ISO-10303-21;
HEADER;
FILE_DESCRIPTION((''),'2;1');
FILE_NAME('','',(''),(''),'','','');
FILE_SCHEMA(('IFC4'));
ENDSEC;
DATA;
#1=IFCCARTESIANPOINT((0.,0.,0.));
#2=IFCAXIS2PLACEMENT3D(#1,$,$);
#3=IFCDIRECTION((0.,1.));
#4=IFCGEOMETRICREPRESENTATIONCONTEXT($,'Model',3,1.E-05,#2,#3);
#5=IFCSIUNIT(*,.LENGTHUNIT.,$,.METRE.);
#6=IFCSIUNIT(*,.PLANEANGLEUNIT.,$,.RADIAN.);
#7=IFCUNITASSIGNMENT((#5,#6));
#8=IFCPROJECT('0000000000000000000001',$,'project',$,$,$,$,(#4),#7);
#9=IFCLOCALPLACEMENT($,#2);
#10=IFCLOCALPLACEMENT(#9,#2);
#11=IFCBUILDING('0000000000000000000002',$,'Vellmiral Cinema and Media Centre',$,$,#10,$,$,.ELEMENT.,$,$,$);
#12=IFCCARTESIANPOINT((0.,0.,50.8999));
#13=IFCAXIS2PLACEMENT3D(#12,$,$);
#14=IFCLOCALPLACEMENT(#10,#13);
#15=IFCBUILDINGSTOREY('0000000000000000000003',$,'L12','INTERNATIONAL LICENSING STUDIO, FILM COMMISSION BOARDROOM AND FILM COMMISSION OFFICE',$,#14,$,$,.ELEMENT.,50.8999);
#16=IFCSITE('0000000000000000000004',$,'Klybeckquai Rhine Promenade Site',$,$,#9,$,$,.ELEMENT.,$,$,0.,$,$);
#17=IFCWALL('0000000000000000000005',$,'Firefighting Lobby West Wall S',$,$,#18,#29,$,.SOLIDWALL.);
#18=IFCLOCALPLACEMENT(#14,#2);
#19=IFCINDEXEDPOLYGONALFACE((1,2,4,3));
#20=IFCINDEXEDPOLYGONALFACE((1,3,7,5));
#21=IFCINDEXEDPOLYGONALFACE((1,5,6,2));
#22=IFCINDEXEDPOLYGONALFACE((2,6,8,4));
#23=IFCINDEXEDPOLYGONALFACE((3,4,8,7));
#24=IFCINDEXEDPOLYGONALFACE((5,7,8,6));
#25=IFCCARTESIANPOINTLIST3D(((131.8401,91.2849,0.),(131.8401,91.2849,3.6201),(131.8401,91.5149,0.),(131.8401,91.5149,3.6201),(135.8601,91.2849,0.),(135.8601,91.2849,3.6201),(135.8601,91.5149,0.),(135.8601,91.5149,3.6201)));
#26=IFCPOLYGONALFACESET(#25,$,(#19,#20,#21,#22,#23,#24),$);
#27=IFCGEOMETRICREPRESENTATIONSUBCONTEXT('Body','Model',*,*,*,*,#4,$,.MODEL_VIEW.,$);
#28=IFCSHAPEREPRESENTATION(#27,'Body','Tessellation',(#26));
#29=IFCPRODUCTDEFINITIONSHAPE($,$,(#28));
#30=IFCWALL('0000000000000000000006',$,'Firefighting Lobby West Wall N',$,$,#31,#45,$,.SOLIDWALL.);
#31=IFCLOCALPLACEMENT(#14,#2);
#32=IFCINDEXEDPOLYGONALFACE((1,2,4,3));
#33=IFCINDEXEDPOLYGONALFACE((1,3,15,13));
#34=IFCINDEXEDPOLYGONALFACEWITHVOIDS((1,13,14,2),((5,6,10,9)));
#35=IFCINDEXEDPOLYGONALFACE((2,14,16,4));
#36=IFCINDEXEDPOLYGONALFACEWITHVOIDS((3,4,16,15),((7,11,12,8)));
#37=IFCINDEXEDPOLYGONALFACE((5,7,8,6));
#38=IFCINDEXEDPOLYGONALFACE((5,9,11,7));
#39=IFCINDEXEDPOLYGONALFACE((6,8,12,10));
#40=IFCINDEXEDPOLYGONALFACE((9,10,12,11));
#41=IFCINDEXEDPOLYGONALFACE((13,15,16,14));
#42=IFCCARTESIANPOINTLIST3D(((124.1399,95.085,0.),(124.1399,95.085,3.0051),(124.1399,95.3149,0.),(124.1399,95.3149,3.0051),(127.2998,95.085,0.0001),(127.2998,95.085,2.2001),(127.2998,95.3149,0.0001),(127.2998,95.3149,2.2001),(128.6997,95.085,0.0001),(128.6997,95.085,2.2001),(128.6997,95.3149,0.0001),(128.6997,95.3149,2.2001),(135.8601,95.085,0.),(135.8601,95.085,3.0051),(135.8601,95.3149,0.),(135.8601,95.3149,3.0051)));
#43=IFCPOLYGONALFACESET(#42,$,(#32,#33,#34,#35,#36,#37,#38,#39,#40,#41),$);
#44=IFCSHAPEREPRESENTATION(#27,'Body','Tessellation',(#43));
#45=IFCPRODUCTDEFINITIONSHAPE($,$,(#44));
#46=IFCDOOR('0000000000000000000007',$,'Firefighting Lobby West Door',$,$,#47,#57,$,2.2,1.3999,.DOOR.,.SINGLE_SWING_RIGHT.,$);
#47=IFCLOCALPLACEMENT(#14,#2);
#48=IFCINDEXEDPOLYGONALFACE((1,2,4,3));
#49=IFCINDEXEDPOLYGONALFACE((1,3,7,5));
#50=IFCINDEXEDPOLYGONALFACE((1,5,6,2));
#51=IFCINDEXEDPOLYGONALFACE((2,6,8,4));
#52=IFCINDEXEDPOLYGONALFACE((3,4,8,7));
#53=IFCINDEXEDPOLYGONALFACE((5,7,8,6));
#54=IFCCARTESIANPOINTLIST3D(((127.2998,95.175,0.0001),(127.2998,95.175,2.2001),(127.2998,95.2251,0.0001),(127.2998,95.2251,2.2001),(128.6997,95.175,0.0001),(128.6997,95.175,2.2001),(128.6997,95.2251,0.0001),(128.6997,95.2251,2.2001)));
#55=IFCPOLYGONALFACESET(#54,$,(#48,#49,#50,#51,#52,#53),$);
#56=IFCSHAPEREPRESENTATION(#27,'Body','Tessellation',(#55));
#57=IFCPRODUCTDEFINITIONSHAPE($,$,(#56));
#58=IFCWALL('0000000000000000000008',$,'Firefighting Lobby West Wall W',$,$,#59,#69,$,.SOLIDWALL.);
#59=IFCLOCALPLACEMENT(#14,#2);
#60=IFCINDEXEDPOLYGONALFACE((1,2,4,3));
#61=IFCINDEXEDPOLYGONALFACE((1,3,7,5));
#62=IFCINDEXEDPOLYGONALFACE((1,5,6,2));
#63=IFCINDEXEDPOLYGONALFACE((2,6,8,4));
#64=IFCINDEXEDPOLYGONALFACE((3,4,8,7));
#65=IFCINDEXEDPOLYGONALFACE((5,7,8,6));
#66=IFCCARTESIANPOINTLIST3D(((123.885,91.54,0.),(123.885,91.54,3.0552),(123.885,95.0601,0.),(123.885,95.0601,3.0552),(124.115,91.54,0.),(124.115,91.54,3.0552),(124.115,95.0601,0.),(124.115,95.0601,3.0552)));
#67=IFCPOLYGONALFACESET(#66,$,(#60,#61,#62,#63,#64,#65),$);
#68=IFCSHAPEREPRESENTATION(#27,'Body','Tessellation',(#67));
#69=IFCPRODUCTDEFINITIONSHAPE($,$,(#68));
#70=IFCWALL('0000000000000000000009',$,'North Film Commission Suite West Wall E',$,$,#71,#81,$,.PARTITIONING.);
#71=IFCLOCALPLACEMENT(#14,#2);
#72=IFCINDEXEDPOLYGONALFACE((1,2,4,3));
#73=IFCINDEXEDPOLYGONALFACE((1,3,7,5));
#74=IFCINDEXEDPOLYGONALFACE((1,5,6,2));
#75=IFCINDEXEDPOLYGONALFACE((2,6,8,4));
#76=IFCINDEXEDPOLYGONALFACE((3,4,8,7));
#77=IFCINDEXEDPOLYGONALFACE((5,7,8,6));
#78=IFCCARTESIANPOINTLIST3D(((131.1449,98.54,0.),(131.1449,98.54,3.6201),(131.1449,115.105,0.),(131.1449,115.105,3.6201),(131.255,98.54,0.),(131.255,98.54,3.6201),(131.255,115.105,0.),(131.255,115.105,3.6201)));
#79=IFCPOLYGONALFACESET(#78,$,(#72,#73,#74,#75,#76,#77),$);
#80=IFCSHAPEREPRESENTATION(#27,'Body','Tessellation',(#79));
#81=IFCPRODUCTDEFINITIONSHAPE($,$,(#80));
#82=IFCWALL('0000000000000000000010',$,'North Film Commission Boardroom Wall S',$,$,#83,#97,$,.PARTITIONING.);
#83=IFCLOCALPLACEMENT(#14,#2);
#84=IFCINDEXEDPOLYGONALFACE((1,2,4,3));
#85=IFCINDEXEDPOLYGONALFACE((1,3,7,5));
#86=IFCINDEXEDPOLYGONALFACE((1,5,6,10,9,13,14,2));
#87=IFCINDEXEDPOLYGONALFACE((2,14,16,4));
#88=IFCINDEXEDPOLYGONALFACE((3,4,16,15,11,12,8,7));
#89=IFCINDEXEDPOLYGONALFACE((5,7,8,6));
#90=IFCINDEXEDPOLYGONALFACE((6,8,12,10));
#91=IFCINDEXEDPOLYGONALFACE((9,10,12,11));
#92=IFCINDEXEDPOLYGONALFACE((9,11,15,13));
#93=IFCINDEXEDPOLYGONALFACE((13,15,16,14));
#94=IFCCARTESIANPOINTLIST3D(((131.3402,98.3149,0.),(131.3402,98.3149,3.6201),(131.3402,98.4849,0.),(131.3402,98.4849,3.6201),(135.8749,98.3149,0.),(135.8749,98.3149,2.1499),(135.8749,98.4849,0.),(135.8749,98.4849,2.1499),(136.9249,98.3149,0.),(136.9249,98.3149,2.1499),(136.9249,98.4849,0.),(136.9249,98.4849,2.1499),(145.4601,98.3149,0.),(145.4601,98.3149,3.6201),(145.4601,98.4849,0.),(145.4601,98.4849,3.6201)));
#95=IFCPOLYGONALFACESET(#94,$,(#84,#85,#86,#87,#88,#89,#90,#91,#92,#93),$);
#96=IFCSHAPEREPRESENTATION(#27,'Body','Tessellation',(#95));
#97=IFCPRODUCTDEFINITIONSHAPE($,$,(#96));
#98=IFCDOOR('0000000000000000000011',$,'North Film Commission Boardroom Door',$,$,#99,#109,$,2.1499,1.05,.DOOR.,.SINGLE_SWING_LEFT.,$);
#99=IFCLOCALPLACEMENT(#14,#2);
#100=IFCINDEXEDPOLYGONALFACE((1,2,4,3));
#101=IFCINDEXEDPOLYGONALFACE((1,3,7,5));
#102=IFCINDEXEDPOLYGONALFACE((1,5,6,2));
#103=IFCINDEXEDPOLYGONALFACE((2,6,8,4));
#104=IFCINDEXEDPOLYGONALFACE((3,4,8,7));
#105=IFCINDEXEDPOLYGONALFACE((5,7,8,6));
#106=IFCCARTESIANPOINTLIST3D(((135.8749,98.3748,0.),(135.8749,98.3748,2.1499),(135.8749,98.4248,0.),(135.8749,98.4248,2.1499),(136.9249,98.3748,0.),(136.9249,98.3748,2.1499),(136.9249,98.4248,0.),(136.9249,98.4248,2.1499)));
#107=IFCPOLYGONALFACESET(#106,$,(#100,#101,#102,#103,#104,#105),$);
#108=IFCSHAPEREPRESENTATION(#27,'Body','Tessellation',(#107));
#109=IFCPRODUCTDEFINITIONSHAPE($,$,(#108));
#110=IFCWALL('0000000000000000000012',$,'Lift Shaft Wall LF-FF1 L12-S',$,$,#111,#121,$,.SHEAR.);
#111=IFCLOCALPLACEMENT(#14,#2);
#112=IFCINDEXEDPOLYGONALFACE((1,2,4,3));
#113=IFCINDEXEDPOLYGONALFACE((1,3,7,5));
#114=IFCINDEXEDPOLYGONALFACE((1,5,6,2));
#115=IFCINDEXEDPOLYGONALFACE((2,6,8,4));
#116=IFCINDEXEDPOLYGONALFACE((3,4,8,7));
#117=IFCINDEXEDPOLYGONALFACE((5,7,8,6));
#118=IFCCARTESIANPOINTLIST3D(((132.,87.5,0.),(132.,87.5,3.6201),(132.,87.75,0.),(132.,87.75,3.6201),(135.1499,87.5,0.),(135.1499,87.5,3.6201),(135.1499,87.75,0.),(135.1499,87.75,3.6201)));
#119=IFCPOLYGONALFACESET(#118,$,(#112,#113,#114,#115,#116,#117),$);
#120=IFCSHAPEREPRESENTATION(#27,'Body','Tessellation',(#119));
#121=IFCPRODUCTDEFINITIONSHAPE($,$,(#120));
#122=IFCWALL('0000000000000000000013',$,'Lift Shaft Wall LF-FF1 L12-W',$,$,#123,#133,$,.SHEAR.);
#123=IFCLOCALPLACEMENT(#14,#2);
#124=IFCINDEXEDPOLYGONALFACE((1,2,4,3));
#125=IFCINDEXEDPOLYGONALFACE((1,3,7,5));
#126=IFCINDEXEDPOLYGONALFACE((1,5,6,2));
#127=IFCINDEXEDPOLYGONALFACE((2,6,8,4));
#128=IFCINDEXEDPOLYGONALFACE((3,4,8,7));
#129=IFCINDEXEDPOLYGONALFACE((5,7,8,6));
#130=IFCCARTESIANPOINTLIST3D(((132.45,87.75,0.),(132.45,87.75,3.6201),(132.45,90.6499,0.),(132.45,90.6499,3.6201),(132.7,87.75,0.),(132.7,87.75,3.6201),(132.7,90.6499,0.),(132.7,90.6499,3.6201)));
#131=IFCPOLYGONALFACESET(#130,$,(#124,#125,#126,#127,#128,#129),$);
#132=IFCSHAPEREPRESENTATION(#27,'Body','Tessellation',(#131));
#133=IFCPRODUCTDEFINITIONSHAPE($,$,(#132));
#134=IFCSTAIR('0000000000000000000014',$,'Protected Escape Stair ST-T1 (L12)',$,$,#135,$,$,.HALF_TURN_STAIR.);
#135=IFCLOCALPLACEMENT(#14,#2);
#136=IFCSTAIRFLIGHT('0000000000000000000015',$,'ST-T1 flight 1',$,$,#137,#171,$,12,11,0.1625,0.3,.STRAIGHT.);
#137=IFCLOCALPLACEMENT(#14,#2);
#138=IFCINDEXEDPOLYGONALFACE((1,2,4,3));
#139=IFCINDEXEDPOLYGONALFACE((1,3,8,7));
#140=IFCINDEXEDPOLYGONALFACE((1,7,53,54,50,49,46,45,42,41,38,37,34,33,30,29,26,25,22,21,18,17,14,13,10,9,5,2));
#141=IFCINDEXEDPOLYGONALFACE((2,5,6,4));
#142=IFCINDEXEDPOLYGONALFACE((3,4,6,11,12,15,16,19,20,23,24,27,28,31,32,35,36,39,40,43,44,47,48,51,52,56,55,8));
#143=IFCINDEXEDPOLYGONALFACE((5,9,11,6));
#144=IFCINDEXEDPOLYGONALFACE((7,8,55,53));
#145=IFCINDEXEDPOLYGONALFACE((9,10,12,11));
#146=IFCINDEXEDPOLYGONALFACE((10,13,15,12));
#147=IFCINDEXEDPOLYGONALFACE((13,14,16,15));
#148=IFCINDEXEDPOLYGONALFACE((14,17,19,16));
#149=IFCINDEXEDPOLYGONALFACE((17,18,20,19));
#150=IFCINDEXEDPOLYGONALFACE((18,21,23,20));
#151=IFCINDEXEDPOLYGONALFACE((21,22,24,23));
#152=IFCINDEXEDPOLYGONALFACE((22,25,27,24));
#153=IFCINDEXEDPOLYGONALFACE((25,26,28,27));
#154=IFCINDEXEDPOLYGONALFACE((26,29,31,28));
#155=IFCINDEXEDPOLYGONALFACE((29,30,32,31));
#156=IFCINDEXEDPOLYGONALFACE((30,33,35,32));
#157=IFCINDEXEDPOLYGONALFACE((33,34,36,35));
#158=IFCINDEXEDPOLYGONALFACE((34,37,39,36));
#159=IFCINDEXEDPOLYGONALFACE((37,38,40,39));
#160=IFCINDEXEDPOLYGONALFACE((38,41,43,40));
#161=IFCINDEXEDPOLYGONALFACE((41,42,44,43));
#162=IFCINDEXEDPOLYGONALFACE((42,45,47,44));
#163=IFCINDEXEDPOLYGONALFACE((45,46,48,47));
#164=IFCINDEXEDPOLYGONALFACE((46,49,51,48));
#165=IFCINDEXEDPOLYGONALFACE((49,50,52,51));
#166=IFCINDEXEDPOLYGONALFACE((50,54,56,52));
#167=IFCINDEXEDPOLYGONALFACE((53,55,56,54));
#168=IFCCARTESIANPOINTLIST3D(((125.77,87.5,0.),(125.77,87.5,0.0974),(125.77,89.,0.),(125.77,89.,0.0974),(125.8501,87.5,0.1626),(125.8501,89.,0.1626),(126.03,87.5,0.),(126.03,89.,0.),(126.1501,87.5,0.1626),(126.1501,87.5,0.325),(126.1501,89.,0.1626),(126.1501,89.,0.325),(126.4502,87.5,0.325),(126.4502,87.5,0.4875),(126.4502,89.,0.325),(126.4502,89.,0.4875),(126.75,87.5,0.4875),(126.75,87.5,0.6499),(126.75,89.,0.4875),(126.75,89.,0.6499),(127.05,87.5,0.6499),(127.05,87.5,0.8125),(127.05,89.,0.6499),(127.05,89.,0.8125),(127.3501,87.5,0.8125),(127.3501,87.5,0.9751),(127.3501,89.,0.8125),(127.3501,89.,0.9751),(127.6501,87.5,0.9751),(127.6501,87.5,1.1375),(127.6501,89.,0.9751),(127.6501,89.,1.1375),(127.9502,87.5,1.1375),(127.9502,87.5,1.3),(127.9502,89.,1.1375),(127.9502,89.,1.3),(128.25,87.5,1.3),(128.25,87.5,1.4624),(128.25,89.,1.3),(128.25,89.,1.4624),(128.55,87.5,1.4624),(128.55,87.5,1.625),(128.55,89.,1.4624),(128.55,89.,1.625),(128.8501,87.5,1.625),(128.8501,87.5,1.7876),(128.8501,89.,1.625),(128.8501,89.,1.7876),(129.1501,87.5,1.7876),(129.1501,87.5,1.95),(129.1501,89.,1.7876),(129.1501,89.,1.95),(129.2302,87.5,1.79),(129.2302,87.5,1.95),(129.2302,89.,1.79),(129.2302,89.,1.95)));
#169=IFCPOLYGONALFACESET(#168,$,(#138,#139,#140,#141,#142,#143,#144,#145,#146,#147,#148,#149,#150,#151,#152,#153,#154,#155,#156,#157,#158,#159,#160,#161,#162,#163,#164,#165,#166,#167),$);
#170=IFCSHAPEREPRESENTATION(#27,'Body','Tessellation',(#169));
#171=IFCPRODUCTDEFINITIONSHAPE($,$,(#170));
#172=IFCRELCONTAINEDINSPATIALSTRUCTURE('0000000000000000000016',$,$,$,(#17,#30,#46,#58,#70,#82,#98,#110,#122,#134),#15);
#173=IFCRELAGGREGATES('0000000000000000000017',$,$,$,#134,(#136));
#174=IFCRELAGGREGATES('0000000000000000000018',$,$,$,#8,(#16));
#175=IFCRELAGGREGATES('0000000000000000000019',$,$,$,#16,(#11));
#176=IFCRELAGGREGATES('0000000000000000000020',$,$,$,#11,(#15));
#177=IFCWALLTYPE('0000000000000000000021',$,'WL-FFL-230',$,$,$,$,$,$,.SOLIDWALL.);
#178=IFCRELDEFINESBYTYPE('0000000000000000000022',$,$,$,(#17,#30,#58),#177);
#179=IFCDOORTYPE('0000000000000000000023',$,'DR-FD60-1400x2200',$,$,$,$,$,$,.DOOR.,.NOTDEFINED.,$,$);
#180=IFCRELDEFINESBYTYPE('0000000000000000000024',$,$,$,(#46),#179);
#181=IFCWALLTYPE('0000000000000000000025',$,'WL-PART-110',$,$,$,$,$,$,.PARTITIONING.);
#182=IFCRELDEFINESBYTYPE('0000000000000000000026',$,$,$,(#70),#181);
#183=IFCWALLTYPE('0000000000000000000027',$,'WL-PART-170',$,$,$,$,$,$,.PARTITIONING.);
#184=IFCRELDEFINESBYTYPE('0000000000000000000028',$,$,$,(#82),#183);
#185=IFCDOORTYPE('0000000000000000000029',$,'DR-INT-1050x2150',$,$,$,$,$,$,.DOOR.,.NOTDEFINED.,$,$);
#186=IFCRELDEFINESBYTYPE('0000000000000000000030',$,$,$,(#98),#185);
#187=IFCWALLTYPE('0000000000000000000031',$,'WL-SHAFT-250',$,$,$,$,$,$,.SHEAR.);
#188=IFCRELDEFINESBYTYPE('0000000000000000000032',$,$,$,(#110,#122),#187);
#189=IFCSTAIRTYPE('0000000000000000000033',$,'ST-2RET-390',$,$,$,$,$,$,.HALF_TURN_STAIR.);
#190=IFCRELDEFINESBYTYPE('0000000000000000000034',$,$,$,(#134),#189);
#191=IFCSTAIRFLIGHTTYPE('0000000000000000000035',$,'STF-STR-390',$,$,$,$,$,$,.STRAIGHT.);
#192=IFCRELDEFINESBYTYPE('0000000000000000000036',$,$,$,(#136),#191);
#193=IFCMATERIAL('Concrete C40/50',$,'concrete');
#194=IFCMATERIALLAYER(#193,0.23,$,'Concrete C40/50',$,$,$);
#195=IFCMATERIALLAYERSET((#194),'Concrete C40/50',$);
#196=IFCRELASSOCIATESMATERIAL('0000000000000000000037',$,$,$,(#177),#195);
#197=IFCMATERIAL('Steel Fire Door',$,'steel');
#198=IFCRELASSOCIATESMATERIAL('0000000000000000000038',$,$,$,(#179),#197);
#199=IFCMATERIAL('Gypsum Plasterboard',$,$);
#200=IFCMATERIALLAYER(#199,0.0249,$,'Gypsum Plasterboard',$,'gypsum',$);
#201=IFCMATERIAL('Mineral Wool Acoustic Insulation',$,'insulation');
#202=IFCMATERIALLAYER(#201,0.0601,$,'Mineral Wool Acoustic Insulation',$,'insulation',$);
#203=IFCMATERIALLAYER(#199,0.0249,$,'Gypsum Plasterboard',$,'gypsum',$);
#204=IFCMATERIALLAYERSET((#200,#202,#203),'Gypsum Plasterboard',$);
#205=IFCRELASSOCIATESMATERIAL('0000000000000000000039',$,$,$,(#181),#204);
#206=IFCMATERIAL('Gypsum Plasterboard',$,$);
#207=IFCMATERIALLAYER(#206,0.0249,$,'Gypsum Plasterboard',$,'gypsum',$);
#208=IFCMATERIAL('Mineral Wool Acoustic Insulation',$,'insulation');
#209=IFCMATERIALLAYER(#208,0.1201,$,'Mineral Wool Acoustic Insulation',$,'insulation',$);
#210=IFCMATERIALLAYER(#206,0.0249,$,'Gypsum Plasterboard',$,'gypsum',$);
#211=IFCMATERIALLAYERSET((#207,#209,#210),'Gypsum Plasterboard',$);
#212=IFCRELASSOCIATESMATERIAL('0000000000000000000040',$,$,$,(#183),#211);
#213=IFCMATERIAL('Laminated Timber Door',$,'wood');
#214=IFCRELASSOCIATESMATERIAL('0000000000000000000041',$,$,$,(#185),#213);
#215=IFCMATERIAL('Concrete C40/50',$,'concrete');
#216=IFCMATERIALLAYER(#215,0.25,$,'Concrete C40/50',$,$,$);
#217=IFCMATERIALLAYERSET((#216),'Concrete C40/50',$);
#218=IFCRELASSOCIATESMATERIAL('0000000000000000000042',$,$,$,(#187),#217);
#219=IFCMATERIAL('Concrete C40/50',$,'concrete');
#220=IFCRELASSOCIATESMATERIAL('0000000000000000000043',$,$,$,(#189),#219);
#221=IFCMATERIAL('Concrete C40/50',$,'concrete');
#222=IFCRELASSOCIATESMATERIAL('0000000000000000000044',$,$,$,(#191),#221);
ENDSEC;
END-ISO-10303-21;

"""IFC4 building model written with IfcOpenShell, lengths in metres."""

from ifc_helpers import new_model, si_unit, direction, frame, frame_2d, origin, place, context, subcontext, project, spatial, polyline, rectangle, outline, extrude, material, layer, layer_set, type_object, element, fill, aggregate, save


model = new_model("IFC4")

# Units and contexts
model_context = context("Model", 3, precision=1e-05, world=origin(), true_north=direction((0.0, 1.0)))
body_context = subcontext(model_context, "Body", "Model", "MODEL_VIEW")
ifc_project = project(units=[si_unit("LENGTHUNIT", "METRE"), si_unit("PLANEANGLEUNIT", "RADIAN")], contexts=[model_context])

# Site, building, storey
site_placement = place(None, origin())
site = spatial("IfcSite", under=ifc_project, at=site_placement, Name="Klybeckquai Rhine Promenade Site", CompositionType="ELEMENT", RefElevation=0.0)
building_placement = place(site_placement, origin())
building = spatial("IfcBuilding", under=site, at=building_placement, Name="Vellmiral Cinema and Media Centre", CompositionType="ELEMENT")
storey_placement = place(building_placement, frame((0.0, 0.0, 50.8999)))
storey = spatial("IfcBuildingStorey", under=building, at=storey_placement, Name="L12", Description="INTERNATIONAL LICENSING STUDIO, FILM COMMISSION BOARDROOM AND FILM COMMISSION OFFICE", CompositionType="ELEMENT", Elevation=50.8999)

# Wall
ifc_material_1 = material(Name="Concrete C40/50", Category="concrete")
ifc_layer_1 = layer(ifc_material_1, 0.23, Name="Concrete C40/50")
ifc_layer_set_1 = layer_set([ifc_layer_1], Name="Concrete C40/50")
wall_type_1 = type_object("IfcWallType", Name="WL-FFL-230", PredefinedType="SOLIDWALL", material=ifc_layer_set_1)
wall_1_placement = place(storey_placement, frame((131.8401, 91.3999, 0.0), z_axis=(0.0, 0.0, 1.0), x_axis=(1.0, 0.0, 0.0)))
element("IfcWall", 1, at=wall_1_placement, inside=storey, type_object=wall_type_1, Name="Firefighting Lobby West Wall S", PredefinedType="SOLIDWALL", context=body_context, shape_type="SweptSolid", body=[
    extrude(rectangle(XDim=4.02, YDim=0.23, at=frame_2d((2.01, 0.0))), origin(), (0.0, 0.0, 1.0), 3.6201),
])

# Wall, opening, door
wall_2_placement = place(storey_placement, frame((124.1399, 95.2, 0.0), z_axis=(0.0, 0.0, 1.0), x_axis=(1.0, 0.0, 0.0)))
wall_2 = element("IfcWall", 2, at=wall_2_placement, inside=storey, type_object=wall_type_1, Name="Firefighting Lobby West Wall N", PredefinedType="SOLIDWALL", context=body_context, shape_type="SweptSolid", body=[
    extrude(rectangle(XDim=11.7202, YDim=0.23, at=frame_2d((5.8601, 0.0))), origin(), (0.0, 0.0, 1.0), 3.0051),
])
opening_1_placement = place(wall_2_placement, frame((3.1599, 0.0, 0.0)))
opening_1 = element("IfcOpeningElement", 3, at=opening_1_placement, cuts=wall_2, PredefinedType="OPENING", context=body_context, shape_type="SweptSolid", body=[
    extrude(rectangle(XDim=1.3999, YDim=2.2, at=frame_2d((0.7, 1.1001))), frame((0.0, 0.127, 0.0), z_axis=(0.0, -1.0, 0.0), x_axis=(1.0, 0.0, 0.0)), (0.0, 0.0, 1.0), 0.2539),
])
ifc_material_2 = material(Name="Steel Fire Door", Category="steel")
door_type_1 = type_object("IfcDoorType", Name="DR-FD60-1400x2200", OperationType="NOTDEFINED", PredefinedType="DOOR", material=ifc_material_2)
door_1_placement = place(opening_1_placement, frame((1.3999, 0.0, 0.0), z_axis=(0.0, 0.0, 1.0), x_axis=(-1.0, 0.0, 0.0)))
door_1 = element("IfcDoor", 4, at=door_1_placement, inside=storey, type_object=door_type_1, Name="Firefighting Lobby West Door", OperationType="SINGLE_SWING_RIGHT", OverallHeight=2.2, OverallWidth=1.3999, PredefinedType="DOOR", context=body_context, shape_type="SweptSolid", body=[
    extrude(rectangle(XDim=1.3999, YDim=2.2, at=frame_2d((0.7, 1.1001))), frame((0.0, 0.0249, 0.0), z_axis=(0.0, -1.0, 0.0), x_axis=(1.0, 0.0, 0.0)), (0.0, 0.0, 1.0), 0.05),
])
fill(opening_1, door_1)

# Walls
wall_3_placement = place(storey_placement, frame((124.0, 91.54, 0.0), z_axis=(0.0, 0.0, 1.0), x_axis=(0.0, 1.0, 0.0)))
element("IfcWall", 5, at=wall_3_placement, inside=storey, type_object=wall_type_1, Name="Firefighting Lobby West Wall W", PredefinedType="SOLIDWALL", context=body_context, shape_type="SweptSolid", body=[
    extrude(rectangle(XDim=3.52, YDim=0.23, at=frame_2d((1.76, 0.0))), origin(), (0.0, 0.0, 1.0), 3.0552),
])
ifc_material_3 = material(Name="Gypsum Plasterboard")
ifc_layer_2 = layer(ifc_material_3, 0.0249, Name="Gypsum Plasterboard", Category="gypsum")
ifc_material_4 = material(Name="Mineral Wool Acoustic Insulation", Category="insulation")
ifc_layer_3 = layer(ifc_material_4, 0.0601, Name="Mineral Wool Acoustic Insulation", Category="insulation")
ifc_layer_4 = layer(ifc_material_3, 0.0249, Name="Gypsum Plasterboard", Category="gypsum")
ifc_layer_set_2 = layer_set([ifc_layer_2, ifc_layer_3, ifc_layer_4], Name="Gypsum Plasterboard")
wall_type_2 = type_object("IfcWallType", Name="WL-PART-110", PredefinedType="PARTITIONING", material=ifc_layer_set_2)
wall_4_placement = place(storey_placement, frame((131.2, 98.54, 0.0), z_axis=(0.0, 0.0, 1.0), x_axis=(0.0, 1.0, 0.0)))
element("IfcWall", 6, at=wall_4_placement, inside=storey, type_object=wall_type_2, Name="North Film Commission Suite West Wall E", PredefinedType="PARTITIONING", context=body_context, shape_type="SweptSolid", body=[
    extrude(rectangle(XDim=16.5649, YDim=0.1101, at=frame_2d((8.2825, 0.0))), origin(), (0.0, 0.0, 1.0), 3.6201),
])

# Wall, opening, door
ifc_material_5 = material(Name="Gypsum Plasterboard")
ifc_layer_5 = layer(ifc_material_5, 0.0249, Name="Gypsum Plasterboard", Category="gypsum")
ifc_material_6 = material(Name="Mineral Wool Acoustic Insulation", Category="insulation")
ifc_layer_6 = layer(ifc_material_6, 0.1201, Name="Mineral Wool Acoustic Insulation", Category="insulation")
ifc_layer_7 = layer(ifc_material_5, 0.0249, Name="Gypsum Plasterboard", Category="gypsum")
ifc_layer_set_3 = layer_set([ifc_layer_5, ifc_layer_6, ifc_layer_7], Name="Gypsum Plasterboard")
wall_type_3 = type_object("IfcWallType", Name="WL-PART-170", PredefinedType="PARTITIONING", material=ifc_layer_set_3)
wall_5_placement = place(storey_placement, frame((131.3401, 98.3999, 0.0), z_axis=(0.0, 0.0, 1.0), x_axis=(1.0, 0.0, 0.0)))
wall_5 = element("IfcWall", 7, at=wall_5_placement, inside=storey, type_object=wall_type_3, Name="North Film Commission Boardroom Wall S", PredefinedType="PARTITIONING", context=body_context, shape_type="SweptSolid", body=[
    extrude(rectangle(XDim=14.1199, YDim=0.1699, at=frame_2d((7.0601, 0.0))), origin(), (0.0, 0.0, 1.0), 3.6201),
])
opening_2_placement = place(wall_5_placement, frame((4.5349, 0.0, 0.0)))
opening_2 = element("IfcOpeningElement", 8, at=opening_2_placement, cuts=wall_5, PredefinedType="OPENING", context=body_context, shape_type="SweptSolid", body=[
    extrude(rectangle(XDim=1.05, YDim=2.1499, at=frame_2d((0.5249, 1.075))), frame((0.0, 0.0969, 0.0), z_axis=(0.0, -1.0, 0.0), x_axis=(1.0, 0.0, 0.0)), (0.0, 0.0, 1.0), 0.1938),
])
ifc_material_7 = material(Name="Laminated Timber Door", Category="wood")
door_type_2 = type_object("IfcDoorType", Name="DR-INT-1050x2150", OperationType="NOTDEFINED", PredefinedType="DOOR", material=ifc_material_7)
door_2_placement = place(opening_2_placement, origin())
door_2 = element("IfcDoor", 9, at=door_2_placement, inside=storey, type_object=door_type_2, Name="North Film Commission Boardroom Door", OperationType="SINGLE_SWING_LEFT", OverallHeight=2.1499, OverallWidth=1.05, PredefinedType="DOOR", context=body_context, shape_type="SweptSolid", body=[
    extrude(rectangle(XDim=1.05, YDim=2.1499, at=frame_2d((0.5249, 1.075))), frame((0.0, 0.0249, 0.0), z_axis=(0.0, -1.0, 0.0), x_axis=(1.0, 0.0, 0.0)), (0.0, 0.0, 1.0), 0.05),
])
fill(opening_2, door_2)

# Wall
ifc_material_8 = material(Name="Concrete C40/50", Category="concrete")
ifc_layer_8 = layer(ifc_material_8, 0.25, Name="Concrete C40/50")
ifc_layer_set_4 = layer_set([ifc_layer_8], Name="Concrete C40/50")
wall_type_4 = type_object("IfcWallType", Name="WL-SHAFT-250", PredefinedType="SHEAR", material=ifc_layer_set_4)
wall_6_placement = place(storey_placement, frame((132.0, 87.625, 0.0), z_axis=(0.0, 0.0, 1.0), x_axis=(1.0, 0.0, 0.0)))
element("IfcWall", 10, at=wall_6_placement, inside=storey, type_object=wall_type_4, Name="Lift Shaft Wall LF-FF1 L12-S", PredefinedType="SHEAR", context=body_context, shape_type="SweptSolid", body=[
    extrude(rectangle(XDim=3.1499, YDim=0.25, at=frame_2d((1.575, 0.0))), origin(), (0.0, 0.0, 1.0), 3.6201),
])

# Wall
wall_7_placement = place(storey_placement, frame((132.575, 87.75, 0.0), z_axis=(0.0, 0.0, 1.0), x_axis=(0.0, 1.0, 0.0)))
element("IfcWall", 11, at=wall_7_placement, inside=storey, type_object=wall_type_4, Name="Lift Shaft Wall LF-FF1 L12-W", PredefinedType="SHEAR", context=body_context, shape_type="SweptSolid", body=[
    extrude(rectangle(XDim=2.8999, YDim=0.25, at=frame_2d((1.45, 0.0))), origin(), (0.0, 0.0, 1.0), 3.6201),
])

# Stair, stair flight
ifc_material_9 = material(Name="Concrete C40/50", Category="concrete")
stair_type = type_object("IfcStairType", Name="ST-2RET-390", PredefinedType="HALF_TURN_STAIR", material=ifc_material_9)
stair_placement = place(storey_placement, origin())
stair = element("IfcStair", 12, at=stair_placement, inside=storey, type_object=stair_type, Name="Protected Escape Stair ST-T1 (L12)", PredefinedType="HALF_TURN_STAIR")
ifc_material_10 = material(Name="Concrete C40/50", Category="concrete")
stair_flight_type = type_object("IfcStairFlightType", Name="STF-STR-390", PredefinedType="STRAIGHT", material=ifc_material_10)
stair_flight_1_placement = place(storey_placement, frame((125.8501, 88.25, 0.0), z_axis=(0.0, 0.0, 1.0), x_axis=(1.0, 0.0, 0.0)))
stair_flight_1 = element("IfcStairFlight", 13, at=stair_flight_1_placement, type_object=stair_flight_type, Name="ST-T1 flight 1", NumberOfRisers=12, NumberOfTreads=11, PredefinedType="STRAIGHT", RiserHeight=0.1625, TreadLength=0.3, context=body_context, shape_type="SweptSolid", body=[
    extrude(outline(polyline([(-0.0801, 0.0), (-0.0801, 0.0974), (0.0, 0.1626), (0.3, 0.1626), (0.3, 0.325), (0.6001, 0.325), (0.6001, 0.4875), (0.8999, 0.4875), (0.8999, 0.6499), (1.2, 0.6499), (1.2, 0.8125), (1.5, 0.8125), (1.5, 0.9751), (1.8, 0.9751), (1.8, 1.1375), (2.1001, 1.1375), (2.1001, 1.3), (2.3999, 1.3), (2.3999, 1.4624), (2.7, 1.4624), (2.7, 1.625), (3.0, 1.625), (3.0, 1.7876), (3.3, 1.7876), (3.3, 1.95), (3.3801, 1.95), (3.3801, 1.79), (0.1799, 0.0), (-0.0801, 0.0)])), frame((0.0, 0.75, 0.0), z_axis=(0.0, -1.0, 0.0), x_axis=(1.0, 0.0, 0.0)), (0.0, 0.0, 1.0), 1.5),
])
aggregate(stair, [stair_flight_1])

save(model, "model.ifc")
